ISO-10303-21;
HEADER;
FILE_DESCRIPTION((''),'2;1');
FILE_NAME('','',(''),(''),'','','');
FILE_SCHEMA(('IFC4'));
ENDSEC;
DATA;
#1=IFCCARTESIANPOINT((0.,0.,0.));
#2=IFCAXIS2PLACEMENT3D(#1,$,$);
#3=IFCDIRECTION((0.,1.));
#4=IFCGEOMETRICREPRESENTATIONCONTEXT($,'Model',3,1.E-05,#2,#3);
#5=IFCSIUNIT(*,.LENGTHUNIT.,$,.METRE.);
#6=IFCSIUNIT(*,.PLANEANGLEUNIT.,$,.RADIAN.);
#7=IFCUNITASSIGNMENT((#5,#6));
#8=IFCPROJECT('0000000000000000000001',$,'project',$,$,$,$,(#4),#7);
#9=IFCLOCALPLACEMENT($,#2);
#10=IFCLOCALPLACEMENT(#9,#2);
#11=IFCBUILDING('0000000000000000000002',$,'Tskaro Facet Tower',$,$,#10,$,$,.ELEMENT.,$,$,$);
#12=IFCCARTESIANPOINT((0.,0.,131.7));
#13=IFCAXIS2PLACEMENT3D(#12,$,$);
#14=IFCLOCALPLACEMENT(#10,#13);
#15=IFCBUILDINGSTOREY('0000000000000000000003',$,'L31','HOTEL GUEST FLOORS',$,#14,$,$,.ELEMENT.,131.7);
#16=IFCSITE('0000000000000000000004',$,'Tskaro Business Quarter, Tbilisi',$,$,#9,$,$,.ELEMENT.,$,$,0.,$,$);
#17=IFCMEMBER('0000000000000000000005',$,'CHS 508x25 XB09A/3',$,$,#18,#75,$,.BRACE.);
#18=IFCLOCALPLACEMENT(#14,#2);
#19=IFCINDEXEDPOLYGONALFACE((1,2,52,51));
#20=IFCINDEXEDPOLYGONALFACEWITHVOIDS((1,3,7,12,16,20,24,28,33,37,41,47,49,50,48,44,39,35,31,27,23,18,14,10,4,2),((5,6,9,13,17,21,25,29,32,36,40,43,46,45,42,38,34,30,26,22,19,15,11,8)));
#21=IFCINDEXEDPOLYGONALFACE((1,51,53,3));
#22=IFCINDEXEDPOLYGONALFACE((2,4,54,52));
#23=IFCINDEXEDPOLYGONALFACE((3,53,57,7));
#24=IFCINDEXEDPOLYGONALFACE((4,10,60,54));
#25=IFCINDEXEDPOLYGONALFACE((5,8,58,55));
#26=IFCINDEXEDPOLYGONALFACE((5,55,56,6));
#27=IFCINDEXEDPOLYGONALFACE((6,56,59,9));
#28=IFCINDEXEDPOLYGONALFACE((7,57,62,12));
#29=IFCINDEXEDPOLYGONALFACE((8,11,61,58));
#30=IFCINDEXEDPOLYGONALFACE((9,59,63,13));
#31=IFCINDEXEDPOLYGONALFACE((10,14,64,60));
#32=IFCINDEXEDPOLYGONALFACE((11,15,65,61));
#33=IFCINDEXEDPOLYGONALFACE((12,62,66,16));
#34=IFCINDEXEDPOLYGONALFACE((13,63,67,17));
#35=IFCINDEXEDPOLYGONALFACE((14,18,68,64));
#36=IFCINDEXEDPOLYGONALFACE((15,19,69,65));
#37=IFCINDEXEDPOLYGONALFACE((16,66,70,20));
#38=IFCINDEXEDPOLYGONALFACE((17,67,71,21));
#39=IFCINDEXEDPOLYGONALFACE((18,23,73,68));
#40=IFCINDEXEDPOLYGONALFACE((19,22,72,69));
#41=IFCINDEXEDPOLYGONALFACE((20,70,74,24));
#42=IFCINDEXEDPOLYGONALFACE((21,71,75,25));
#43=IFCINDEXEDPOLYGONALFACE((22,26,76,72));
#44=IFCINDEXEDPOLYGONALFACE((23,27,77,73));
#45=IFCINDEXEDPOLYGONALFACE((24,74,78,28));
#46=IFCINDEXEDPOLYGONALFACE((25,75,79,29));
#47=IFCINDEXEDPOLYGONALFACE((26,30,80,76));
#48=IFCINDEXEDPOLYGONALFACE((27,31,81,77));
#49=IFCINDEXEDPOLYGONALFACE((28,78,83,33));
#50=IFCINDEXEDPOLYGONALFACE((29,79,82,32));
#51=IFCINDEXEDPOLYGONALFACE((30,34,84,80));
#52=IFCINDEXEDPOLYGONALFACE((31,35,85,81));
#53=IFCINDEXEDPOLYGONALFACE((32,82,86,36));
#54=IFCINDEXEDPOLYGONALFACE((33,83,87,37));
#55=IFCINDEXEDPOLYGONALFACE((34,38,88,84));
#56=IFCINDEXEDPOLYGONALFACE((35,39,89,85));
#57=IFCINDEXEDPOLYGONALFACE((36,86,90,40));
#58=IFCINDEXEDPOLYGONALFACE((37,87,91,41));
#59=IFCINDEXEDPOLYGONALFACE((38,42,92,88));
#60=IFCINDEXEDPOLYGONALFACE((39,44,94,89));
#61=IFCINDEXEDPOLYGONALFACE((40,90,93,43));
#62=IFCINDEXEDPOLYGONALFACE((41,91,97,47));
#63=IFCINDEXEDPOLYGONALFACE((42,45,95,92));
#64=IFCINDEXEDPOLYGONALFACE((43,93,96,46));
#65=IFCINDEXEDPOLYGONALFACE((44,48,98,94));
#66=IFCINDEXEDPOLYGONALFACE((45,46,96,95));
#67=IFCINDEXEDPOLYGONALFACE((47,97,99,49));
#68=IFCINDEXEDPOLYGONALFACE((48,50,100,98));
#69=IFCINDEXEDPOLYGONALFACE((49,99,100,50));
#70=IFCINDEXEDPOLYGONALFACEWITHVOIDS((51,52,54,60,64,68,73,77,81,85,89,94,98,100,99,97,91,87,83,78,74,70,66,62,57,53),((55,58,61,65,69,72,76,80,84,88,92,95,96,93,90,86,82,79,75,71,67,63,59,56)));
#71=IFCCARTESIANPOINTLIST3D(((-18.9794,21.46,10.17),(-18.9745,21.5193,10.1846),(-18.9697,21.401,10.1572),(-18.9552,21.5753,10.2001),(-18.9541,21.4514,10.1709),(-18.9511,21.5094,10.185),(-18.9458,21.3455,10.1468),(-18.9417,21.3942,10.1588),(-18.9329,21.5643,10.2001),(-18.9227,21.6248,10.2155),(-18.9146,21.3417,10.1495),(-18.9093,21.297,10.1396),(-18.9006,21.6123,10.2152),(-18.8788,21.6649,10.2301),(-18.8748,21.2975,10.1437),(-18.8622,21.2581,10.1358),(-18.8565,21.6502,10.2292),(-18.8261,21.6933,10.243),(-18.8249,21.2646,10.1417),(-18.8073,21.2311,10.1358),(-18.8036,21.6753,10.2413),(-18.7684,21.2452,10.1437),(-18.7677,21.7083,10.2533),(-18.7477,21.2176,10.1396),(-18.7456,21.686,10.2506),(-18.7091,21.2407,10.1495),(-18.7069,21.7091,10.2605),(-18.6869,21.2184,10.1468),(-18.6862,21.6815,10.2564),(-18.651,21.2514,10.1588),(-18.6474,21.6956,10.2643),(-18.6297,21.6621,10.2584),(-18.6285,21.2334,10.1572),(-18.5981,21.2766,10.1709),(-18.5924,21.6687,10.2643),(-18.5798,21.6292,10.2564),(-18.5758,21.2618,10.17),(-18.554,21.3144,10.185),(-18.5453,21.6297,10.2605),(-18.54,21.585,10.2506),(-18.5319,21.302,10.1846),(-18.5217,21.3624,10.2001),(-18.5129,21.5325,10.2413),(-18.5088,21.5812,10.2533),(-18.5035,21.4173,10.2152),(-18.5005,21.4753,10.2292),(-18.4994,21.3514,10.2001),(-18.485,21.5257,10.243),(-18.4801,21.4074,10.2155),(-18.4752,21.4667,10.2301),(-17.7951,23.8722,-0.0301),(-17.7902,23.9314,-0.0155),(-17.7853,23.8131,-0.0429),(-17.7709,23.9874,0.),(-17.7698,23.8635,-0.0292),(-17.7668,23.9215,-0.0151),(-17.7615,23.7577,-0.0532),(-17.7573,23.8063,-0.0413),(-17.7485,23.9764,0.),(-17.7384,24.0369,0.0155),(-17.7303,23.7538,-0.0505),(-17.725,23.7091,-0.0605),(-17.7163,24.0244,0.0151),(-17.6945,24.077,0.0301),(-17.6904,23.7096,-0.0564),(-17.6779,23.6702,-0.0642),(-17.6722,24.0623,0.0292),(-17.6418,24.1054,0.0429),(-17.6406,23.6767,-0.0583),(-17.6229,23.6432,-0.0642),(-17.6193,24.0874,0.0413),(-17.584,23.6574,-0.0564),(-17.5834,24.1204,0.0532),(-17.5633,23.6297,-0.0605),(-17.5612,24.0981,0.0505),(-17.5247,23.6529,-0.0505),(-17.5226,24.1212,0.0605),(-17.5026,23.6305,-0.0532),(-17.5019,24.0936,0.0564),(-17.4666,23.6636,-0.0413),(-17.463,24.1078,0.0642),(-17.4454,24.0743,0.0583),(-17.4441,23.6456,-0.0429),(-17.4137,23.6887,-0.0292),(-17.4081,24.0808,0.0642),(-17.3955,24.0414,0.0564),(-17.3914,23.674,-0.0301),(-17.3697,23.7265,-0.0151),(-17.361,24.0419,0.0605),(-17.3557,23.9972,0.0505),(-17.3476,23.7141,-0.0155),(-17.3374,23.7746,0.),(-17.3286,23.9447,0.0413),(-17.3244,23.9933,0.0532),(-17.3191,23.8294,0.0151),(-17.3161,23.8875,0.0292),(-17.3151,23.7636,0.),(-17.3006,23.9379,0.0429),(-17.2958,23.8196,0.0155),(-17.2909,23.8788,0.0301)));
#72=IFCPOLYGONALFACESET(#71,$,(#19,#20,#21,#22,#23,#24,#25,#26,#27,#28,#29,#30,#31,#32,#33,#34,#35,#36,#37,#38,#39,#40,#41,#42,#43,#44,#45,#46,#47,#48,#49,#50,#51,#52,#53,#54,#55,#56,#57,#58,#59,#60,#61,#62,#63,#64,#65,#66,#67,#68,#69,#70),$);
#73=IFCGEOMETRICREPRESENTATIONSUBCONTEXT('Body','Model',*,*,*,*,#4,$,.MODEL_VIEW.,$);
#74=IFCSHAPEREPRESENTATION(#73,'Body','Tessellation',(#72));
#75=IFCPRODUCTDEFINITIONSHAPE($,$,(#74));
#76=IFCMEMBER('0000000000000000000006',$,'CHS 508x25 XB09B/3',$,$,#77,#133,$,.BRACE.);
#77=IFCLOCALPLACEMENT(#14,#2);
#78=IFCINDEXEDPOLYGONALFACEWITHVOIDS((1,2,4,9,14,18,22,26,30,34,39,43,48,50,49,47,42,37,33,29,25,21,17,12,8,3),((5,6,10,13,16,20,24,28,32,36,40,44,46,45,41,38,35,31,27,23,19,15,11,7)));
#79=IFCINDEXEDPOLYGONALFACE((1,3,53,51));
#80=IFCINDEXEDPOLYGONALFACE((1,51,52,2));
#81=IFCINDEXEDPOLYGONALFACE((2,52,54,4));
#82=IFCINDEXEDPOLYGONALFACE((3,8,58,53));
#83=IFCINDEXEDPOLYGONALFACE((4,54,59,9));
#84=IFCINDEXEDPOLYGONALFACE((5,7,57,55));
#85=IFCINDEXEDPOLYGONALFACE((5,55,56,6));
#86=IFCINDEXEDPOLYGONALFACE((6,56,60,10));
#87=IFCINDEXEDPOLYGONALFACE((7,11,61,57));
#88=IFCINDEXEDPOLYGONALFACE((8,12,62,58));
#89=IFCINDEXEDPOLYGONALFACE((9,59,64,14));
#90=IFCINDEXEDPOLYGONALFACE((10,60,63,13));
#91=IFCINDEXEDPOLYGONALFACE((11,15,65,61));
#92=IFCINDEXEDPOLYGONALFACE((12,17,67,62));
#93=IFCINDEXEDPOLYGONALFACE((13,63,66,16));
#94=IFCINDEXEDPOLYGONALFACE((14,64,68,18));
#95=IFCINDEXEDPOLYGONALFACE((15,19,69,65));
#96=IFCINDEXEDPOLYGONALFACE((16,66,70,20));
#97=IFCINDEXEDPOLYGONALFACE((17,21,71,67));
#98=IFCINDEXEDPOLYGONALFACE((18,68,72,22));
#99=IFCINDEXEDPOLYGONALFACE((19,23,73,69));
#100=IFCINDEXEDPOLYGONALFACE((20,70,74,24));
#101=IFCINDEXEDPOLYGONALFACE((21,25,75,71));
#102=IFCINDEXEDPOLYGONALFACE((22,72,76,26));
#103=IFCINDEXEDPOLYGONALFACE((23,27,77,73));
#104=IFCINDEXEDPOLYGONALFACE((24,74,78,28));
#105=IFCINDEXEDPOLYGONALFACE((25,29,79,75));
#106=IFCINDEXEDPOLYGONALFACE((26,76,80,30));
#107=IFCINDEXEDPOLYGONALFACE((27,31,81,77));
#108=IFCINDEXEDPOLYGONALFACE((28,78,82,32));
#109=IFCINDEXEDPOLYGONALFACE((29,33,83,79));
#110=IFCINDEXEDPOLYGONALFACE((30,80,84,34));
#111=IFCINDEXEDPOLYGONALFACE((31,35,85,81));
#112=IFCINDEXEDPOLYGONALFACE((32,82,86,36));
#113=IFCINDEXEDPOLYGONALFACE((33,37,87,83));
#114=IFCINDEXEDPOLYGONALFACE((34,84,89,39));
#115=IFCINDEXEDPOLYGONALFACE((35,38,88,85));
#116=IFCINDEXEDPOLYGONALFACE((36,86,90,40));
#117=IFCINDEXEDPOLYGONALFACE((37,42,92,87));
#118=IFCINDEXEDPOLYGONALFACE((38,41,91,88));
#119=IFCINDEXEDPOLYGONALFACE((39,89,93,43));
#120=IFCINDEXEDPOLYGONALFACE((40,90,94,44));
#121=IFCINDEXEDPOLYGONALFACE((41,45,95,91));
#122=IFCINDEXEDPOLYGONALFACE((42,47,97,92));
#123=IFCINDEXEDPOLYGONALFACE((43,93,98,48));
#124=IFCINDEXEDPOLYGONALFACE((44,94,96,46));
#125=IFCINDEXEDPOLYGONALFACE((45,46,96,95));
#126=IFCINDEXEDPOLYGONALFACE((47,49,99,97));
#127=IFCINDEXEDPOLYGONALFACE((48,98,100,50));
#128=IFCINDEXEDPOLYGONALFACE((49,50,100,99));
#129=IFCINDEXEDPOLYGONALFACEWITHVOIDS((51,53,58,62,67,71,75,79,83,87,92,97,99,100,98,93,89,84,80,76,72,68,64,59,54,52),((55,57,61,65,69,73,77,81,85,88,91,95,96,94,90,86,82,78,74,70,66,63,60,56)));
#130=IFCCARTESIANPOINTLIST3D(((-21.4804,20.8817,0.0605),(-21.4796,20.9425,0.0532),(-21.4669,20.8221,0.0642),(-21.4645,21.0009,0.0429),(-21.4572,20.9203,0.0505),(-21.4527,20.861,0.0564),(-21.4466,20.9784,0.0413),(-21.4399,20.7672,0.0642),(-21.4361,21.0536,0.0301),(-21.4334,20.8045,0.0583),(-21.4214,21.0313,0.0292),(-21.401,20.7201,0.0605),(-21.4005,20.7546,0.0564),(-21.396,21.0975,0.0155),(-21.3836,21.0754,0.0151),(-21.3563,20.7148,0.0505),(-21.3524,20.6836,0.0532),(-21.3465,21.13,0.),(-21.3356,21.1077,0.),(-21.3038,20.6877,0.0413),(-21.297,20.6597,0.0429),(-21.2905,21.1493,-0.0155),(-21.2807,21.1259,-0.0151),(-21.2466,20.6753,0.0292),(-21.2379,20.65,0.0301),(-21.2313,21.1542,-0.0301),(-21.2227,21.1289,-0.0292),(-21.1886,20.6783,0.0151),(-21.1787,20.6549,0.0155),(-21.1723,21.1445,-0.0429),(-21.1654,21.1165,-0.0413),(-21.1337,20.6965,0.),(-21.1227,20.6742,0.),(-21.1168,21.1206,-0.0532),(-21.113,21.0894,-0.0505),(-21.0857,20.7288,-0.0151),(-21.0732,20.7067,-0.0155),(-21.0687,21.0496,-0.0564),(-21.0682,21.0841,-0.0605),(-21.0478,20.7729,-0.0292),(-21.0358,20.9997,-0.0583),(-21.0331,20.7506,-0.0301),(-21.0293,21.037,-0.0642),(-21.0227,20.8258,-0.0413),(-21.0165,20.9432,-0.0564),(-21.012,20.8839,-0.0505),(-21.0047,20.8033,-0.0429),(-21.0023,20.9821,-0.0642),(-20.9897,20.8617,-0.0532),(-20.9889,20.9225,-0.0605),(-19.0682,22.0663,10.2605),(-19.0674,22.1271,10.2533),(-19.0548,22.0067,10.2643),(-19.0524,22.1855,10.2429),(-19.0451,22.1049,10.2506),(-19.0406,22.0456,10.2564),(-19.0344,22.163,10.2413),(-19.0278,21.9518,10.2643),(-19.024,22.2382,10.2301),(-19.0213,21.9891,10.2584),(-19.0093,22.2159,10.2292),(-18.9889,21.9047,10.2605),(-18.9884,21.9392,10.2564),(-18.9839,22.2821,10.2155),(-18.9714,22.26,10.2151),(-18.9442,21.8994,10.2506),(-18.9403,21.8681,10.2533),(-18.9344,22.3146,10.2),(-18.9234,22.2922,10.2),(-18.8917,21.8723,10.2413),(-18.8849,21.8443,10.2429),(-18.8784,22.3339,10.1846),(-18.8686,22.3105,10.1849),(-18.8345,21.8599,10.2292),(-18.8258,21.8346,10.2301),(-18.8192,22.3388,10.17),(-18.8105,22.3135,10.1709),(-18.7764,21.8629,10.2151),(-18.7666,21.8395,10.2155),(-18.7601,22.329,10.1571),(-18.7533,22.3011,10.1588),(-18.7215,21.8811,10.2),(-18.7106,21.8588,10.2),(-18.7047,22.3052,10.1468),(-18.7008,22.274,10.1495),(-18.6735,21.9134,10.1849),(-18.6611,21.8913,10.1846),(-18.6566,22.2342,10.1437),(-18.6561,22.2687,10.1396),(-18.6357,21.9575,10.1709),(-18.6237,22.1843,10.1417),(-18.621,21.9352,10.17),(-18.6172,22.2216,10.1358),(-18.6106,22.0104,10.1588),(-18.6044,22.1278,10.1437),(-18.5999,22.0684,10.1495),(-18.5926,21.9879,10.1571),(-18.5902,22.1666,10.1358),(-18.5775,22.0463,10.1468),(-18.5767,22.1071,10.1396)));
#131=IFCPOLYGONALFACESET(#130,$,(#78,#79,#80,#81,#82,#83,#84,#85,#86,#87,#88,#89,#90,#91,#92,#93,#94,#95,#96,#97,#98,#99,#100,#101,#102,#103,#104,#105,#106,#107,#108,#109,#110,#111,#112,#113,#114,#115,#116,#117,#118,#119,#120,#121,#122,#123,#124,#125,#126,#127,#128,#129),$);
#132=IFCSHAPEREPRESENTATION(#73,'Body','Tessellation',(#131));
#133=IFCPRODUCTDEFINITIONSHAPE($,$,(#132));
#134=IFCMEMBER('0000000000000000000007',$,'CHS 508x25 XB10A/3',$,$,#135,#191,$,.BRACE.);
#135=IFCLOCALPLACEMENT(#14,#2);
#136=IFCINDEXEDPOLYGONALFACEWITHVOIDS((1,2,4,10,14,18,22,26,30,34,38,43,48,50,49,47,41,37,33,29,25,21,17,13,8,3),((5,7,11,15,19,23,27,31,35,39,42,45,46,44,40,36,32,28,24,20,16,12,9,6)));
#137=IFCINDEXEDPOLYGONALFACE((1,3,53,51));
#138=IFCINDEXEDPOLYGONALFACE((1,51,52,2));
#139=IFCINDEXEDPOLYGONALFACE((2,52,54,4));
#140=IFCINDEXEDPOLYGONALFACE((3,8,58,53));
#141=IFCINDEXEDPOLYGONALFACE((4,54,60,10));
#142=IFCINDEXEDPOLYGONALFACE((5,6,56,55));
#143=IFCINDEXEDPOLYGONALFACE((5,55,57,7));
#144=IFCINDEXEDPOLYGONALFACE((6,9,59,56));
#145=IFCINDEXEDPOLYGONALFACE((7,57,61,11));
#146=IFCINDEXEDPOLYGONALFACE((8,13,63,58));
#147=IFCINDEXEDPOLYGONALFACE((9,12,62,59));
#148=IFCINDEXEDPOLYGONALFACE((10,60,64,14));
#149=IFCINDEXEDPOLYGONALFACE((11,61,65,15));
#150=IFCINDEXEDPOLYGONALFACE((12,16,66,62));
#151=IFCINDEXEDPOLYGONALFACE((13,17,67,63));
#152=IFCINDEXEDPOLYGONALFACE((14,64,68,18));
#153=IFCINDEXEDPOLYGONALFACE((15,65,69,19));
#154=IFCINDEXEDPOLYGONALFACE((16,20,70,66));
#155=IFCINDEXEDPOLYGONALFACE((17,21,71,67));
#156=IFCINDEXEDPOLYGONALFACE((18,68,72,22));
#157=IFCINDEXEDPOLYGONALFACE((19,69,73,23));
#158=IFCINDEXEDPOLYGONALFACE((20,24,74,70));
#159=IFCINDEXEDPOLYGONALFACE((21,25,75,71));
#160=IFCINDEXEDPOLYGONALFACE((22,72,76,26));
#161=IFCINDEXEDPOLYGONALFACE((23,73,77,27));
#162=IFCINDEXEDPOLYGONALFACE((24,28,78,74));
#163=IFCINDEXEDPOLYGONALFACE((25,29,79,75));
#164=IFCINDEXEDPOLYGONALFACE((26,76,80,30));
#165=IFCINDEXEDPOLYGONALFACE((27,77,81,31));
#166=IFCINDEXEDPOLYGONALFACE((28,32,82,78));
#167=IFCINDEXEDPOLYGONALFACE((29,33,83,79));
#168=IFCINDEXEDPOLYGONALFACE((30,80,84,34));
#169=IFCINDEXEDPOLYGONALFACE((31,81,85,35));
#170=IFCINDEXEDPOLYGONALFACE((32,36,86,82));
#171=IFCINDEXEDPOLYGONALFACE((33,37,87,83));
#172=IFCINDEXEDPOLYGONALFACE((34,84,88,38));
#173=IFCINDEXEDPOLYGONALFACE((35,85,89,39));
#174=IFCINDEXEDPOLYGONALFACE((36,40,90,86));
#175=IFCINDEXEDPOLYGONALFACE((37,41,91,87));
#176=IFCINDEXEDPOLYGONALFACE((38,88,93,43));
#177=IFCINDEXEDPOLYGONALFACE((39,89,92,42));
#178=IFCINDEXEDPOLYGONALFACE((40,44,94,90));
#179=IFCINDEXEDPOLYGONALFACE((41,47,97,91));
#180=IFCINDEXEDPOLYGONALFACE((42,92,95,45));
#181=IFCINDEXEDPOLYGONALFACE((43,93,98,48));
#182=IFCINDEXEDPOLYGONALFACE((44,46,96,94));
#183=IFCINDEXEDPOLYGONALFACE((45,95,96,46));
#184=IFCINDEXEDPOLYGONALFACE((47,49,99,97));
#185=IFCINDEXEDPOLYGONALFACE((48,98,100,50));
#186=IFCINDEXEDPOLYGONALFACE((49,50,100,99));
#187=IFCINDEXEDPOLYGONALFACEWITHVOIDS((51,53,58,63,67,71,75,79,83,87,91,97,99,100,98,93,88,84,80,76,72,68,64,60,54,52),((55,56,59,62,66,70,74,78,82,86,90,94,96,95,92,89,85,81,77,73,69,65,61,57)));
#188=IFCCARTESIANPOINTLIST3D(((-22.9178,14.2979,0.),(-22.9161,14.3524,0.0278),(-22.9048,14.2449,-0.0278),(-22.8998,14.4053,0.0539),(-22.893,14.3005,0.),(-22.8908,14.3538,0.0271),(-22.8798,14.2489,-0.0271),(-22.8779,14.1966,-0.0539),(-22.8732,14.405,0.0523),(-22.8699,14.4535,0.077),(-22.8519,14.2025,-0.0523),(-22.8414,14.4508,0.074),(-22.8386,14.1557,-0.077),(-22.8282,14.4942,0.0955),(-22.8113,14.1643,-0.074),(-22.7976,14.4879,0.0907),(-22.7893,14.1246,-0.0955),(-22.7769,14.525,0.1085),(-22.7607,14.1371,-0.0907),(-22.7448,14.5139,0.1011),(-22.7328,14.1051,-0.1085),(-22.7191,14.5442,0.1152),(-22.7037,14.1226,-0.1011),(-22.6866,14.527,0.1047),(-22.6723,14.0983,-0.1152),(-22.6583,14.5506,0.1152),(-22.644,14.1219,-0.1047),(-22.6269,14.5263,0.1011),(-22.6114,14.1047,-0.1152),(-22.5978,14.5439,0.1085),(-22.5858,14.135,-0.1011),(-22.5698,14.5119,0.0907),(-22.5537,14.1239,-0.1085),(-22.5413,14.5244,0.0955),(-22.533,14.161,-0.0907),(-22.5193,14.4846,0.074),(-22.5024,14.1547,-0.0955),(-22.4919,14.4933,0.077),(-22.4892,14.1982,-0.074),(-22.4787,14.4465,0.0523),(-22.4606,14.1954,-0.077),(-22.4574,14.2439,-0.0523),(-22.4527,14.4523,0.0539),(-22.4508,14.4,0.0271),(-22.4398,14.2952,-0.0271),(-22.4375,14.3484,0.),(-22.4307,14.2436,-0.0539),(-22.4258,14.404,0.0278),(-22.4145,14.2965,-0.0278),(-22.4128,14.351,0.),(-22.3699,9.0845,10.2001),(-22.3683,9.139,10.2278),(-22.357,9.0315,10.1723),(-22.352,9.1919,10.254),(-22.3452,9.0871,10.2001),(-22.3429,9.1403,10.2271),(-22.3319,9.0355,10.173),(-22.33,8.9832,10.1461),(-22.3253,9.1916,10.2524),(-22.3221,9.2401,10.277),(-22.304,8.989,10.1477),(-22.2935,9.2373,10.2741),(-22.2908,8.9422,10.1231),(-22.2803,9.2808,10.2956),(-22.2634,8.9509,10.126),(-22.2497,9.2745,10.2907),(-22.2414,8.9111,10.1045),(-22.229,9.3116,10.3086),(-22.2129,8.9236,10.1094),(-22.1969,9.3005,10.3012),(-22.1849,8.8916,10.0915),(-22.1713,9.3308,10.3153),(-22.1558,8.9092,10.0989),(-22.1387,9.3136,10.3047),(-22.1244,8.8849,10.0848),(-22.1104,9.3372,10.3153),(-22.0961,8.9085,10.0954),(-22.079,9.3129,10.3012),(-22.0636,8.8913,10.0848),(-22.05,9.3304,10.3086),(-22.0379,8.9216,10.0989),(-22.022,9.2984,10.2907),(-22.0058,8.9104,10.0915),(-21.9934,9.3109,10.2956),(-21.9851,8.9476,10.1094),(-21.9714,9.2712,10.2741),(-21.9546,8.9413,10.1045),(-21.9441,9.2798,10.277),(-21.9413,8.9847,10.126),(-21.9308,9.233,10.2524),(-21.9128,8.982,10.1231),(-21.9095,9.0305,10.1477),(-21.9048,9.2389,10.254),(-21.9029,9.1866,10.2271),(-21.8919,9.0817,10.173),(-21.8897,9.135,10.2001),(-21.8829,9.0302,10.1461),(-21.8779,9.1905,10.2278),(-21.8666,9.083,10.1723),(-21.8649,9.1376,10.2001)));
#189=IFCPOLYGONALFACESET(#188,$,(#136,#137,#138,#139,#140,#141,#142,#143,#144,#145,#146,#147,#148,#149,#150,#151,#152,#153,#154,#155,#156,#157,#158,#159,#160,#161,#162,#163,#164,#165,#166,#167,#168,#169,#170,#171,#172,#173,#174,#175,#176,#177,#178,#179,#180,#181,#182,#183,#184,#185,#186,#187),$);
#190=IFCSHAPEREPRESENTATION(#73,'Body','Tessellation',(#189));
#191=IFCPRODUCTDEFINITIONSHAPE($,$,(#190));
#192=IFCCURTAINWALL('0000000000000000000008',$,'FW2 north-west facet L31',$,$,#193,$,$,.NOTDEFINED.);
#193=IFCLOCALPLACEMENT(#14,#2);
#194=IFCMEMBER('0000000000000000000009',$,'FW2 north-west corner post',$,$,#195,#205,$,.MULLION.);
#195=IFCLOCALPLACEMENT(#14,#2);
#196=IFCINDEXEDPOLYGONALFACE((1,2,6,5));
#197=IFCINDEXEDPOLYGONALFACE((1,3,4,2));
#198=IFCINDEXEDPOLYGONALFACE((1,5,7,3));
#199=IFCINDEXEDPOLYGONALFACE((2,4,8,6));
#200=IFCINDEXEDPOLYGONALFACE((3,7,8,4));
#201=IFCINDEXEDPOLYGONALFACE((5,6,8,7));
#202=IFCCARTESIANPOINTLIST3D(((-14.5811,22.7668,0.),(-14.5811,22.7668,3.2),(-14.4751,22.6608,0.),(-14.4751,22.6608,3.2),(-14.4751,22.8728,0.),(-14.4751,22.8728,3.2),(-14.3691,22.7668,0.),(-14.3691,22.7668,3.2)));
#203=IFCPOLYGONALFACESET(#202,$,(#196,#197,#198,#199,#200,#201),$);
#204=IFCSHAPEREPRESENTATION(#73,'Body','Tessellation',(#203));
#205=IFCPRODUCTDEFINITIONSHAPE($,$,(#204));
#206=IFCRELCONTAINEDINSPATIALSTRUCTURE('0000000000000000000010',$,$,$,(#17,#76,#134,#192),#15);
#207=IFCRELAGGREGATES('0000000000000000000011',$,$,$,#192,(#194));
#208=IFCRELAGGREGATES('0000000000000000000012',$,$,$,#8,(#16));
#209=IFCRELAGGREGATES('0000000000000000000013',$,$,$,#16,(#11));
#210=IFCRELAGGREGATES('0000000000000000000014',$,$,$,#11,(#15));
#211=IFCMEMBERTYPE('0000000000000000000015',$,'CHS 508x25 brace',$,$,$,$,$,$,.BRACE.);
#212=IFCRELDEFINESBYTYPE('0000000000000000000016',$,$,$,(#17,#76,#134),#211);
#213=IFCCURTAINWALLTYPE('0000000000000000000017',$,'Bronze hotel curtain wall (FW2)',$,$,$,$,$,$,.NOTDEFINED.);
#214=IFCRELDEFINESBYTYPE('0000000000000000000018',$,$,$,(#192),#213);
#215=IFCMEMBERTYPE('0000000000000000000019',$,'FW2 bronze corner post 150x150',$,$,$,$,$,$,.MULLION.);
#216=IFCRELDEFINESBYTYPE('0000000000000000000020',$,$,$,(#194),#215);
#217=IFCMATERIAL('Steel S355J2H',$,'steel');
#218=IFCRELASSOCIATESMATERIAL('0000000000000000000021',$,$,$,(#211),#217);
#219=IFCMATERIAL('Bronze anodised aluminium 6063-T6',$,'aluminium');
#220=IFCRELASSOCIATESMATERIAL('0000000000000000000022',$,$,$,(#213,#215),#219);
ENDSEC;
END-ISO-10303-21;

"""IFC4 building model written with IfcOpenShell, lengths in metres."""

from ifc_helpers import new_model, si_unit, direction, frame, origin, origin_2d, place, context, subcontext, project, spatial, rectangle, hollow_circle, extrude, material, material_profile, profile_set, type_object, element, aggregate, save


model = new_model("IFC4")

# Units and contexts
model_context = context("Model", 3, precision=1e-05, world=origin(), true_north=direction((0.0, 1.0)))
body_context = subcontext(model_context, "Body", "Model", "MODEL_VIEW")
ifc_project = project(units=[si_unit("LENGTHUNIT", "METRE"), si_unit("PLANEANGLEUNIT", "RADIAN")], contexts=[model_context])

# Site, building, storey
site_placement = place(None, origin())
site = spatial("IfcSite", under=ifc_project, at=site_placement, Name="Tskaro Business Quarter, Tbilisi", CompositionType="ELEMENT", RefElevation=0.0)
building_placement = place(site_placement, origin())
building = spatial("IfcBuilding", under=site, at=building_placement, Name="Tskaro Facet Tower", CompositionType="ELEMENT")
storey_placement = place(building_placement, frame((0.0, 0.0, 131.7)))
storey = spatial("IfcBuildingStorey", under=building, at=storey_placement, Name="L31", Description="HOTEL GUEST FLOORS", CompositionType="ELEMENT", Elevation=131.7)

# Shared definitions
ifc_material_1 = material(Name="Steel S355J2H", Category="steel")

# Members
ifc_material_profile_1 = material_profile(ifc_material_1, hollow_circle(Radius=0.2539, WallThickness=0.0249, at=origin_2d()), Name="CHS 508x25")
ifc_profile_set_1 = profile_set([ifc_material_profile_1], Name="Steel S355J2H")
member_type_1 = type_object("IfcMemberType", Name="CHS 508x25 brace", PredefinedType="BRACE", material=ifc_profile_set_1)
for number, where, z_axis, x_axis, name in (
    (1, (-17.543, 23.8755, 0.0), (-0.11228, -0.22868, 0.967005), (0.897638, -0.440733, 0.0), "CHS 508x25 XB09A/3"),
    (2, (-21.2346, 20.9021, 0.0), (0.228679, 0.112303, 0.967003), (-0.440806, 0.897602, 0.0), "CHS 508x25 XB09B/3"),
):
    element("IfcMember", number, at=place(storey_placement, frame(where, z_axis=z_axis, x_axis=x_axis)), inside=storey, type_object=member_type_1, Name=name, PredefinedType="BRACE", context=body_context, shape_type="SweptSolid", body=[
        extrude(hollow_circle(Radius=0.2539, WallThickness=0.0249, at=origin_2d()), origin(), (0.0, 0.0, 1.0), 10.5481),
    ])
member_1_placement = place(storey_placement, frame((-22.6653, 14.3245, 0.0), z_axis=(0.047772, -0.454596, 0.889416), x_axis=(0.994524, 0.10451, 0.0)))
element("IfcMember", 3, at=member_1_placement, inside=storey, type_object=member_type_1, Name="CHS 508x25 XB10A/3", PredefinedType="BRACE", context=body_context, shape_type="SweptSolid", body=[
    extrude(hollow_circle(Radius=0.2539, WallThickness=0.0249, at=origin_2d()), origin(), (0.0, 0.0, 1.0), 11.4683),
])

# Curtain wall, member
ifc_material_2 = material(Name="Bronze anodised aluminium 6063-T6", Category="aluminium")
curtain_wall_type = type_object("IfcCurtainWallType", Name="Bronze hotel curtain wall (FW2)", PredefinedType="NOTDEFINED", material=ifc_material_2)
curtain_wall_1_placement = place(storey_placement, origin())
curtain_wall_1 = element("IfcCurtainWall", 4, at=curtain_wall_1_placement, inside=storey, type_object=curtain_wall_type, Name="FW2 north-west facet L31", PredefinedType="NOTDEFINED")
ifc_material_profile_2 = material_profile(ifc_material_2, rectangle(XDim=0.1499, YDim=0.1499, at=origin_2d()), Name="Corner post 150x150")
ifc_profile_set_2 = profile_set([ifc_material_profile_2], Name="Bronze anodised aluminium 6063-T6")
member_type_2 = type_object("IfcMemberType", Name="FW2 bronze corner post 150x150", PredefinedType="MULLION", material=ifc_profile_set_2)
member_2_placement = place(storey_placement, frame((-14.4751, 22.7668, 0.0), z_axis=(0.0, 0.0, 1.0), x_axis=(-0.707107, -0.707107, 0.0)))
member_2 = element("IfcMember", 5, at=member_2_placement, type_object=member_type_2, Name="FW2 north-west corner post", PredefinedType="MULLION", context=body_context, shape_type="SweptSolid", body=[
    extrude(rectangle(XDim=0.1499, YDim=0.1499, at=origin_2d()), origin(), (0.0, 0.0, 1.0), 3.2),
])

aggregate(curtain_wall_1, [member_2])

save(model, "model.ifc")
